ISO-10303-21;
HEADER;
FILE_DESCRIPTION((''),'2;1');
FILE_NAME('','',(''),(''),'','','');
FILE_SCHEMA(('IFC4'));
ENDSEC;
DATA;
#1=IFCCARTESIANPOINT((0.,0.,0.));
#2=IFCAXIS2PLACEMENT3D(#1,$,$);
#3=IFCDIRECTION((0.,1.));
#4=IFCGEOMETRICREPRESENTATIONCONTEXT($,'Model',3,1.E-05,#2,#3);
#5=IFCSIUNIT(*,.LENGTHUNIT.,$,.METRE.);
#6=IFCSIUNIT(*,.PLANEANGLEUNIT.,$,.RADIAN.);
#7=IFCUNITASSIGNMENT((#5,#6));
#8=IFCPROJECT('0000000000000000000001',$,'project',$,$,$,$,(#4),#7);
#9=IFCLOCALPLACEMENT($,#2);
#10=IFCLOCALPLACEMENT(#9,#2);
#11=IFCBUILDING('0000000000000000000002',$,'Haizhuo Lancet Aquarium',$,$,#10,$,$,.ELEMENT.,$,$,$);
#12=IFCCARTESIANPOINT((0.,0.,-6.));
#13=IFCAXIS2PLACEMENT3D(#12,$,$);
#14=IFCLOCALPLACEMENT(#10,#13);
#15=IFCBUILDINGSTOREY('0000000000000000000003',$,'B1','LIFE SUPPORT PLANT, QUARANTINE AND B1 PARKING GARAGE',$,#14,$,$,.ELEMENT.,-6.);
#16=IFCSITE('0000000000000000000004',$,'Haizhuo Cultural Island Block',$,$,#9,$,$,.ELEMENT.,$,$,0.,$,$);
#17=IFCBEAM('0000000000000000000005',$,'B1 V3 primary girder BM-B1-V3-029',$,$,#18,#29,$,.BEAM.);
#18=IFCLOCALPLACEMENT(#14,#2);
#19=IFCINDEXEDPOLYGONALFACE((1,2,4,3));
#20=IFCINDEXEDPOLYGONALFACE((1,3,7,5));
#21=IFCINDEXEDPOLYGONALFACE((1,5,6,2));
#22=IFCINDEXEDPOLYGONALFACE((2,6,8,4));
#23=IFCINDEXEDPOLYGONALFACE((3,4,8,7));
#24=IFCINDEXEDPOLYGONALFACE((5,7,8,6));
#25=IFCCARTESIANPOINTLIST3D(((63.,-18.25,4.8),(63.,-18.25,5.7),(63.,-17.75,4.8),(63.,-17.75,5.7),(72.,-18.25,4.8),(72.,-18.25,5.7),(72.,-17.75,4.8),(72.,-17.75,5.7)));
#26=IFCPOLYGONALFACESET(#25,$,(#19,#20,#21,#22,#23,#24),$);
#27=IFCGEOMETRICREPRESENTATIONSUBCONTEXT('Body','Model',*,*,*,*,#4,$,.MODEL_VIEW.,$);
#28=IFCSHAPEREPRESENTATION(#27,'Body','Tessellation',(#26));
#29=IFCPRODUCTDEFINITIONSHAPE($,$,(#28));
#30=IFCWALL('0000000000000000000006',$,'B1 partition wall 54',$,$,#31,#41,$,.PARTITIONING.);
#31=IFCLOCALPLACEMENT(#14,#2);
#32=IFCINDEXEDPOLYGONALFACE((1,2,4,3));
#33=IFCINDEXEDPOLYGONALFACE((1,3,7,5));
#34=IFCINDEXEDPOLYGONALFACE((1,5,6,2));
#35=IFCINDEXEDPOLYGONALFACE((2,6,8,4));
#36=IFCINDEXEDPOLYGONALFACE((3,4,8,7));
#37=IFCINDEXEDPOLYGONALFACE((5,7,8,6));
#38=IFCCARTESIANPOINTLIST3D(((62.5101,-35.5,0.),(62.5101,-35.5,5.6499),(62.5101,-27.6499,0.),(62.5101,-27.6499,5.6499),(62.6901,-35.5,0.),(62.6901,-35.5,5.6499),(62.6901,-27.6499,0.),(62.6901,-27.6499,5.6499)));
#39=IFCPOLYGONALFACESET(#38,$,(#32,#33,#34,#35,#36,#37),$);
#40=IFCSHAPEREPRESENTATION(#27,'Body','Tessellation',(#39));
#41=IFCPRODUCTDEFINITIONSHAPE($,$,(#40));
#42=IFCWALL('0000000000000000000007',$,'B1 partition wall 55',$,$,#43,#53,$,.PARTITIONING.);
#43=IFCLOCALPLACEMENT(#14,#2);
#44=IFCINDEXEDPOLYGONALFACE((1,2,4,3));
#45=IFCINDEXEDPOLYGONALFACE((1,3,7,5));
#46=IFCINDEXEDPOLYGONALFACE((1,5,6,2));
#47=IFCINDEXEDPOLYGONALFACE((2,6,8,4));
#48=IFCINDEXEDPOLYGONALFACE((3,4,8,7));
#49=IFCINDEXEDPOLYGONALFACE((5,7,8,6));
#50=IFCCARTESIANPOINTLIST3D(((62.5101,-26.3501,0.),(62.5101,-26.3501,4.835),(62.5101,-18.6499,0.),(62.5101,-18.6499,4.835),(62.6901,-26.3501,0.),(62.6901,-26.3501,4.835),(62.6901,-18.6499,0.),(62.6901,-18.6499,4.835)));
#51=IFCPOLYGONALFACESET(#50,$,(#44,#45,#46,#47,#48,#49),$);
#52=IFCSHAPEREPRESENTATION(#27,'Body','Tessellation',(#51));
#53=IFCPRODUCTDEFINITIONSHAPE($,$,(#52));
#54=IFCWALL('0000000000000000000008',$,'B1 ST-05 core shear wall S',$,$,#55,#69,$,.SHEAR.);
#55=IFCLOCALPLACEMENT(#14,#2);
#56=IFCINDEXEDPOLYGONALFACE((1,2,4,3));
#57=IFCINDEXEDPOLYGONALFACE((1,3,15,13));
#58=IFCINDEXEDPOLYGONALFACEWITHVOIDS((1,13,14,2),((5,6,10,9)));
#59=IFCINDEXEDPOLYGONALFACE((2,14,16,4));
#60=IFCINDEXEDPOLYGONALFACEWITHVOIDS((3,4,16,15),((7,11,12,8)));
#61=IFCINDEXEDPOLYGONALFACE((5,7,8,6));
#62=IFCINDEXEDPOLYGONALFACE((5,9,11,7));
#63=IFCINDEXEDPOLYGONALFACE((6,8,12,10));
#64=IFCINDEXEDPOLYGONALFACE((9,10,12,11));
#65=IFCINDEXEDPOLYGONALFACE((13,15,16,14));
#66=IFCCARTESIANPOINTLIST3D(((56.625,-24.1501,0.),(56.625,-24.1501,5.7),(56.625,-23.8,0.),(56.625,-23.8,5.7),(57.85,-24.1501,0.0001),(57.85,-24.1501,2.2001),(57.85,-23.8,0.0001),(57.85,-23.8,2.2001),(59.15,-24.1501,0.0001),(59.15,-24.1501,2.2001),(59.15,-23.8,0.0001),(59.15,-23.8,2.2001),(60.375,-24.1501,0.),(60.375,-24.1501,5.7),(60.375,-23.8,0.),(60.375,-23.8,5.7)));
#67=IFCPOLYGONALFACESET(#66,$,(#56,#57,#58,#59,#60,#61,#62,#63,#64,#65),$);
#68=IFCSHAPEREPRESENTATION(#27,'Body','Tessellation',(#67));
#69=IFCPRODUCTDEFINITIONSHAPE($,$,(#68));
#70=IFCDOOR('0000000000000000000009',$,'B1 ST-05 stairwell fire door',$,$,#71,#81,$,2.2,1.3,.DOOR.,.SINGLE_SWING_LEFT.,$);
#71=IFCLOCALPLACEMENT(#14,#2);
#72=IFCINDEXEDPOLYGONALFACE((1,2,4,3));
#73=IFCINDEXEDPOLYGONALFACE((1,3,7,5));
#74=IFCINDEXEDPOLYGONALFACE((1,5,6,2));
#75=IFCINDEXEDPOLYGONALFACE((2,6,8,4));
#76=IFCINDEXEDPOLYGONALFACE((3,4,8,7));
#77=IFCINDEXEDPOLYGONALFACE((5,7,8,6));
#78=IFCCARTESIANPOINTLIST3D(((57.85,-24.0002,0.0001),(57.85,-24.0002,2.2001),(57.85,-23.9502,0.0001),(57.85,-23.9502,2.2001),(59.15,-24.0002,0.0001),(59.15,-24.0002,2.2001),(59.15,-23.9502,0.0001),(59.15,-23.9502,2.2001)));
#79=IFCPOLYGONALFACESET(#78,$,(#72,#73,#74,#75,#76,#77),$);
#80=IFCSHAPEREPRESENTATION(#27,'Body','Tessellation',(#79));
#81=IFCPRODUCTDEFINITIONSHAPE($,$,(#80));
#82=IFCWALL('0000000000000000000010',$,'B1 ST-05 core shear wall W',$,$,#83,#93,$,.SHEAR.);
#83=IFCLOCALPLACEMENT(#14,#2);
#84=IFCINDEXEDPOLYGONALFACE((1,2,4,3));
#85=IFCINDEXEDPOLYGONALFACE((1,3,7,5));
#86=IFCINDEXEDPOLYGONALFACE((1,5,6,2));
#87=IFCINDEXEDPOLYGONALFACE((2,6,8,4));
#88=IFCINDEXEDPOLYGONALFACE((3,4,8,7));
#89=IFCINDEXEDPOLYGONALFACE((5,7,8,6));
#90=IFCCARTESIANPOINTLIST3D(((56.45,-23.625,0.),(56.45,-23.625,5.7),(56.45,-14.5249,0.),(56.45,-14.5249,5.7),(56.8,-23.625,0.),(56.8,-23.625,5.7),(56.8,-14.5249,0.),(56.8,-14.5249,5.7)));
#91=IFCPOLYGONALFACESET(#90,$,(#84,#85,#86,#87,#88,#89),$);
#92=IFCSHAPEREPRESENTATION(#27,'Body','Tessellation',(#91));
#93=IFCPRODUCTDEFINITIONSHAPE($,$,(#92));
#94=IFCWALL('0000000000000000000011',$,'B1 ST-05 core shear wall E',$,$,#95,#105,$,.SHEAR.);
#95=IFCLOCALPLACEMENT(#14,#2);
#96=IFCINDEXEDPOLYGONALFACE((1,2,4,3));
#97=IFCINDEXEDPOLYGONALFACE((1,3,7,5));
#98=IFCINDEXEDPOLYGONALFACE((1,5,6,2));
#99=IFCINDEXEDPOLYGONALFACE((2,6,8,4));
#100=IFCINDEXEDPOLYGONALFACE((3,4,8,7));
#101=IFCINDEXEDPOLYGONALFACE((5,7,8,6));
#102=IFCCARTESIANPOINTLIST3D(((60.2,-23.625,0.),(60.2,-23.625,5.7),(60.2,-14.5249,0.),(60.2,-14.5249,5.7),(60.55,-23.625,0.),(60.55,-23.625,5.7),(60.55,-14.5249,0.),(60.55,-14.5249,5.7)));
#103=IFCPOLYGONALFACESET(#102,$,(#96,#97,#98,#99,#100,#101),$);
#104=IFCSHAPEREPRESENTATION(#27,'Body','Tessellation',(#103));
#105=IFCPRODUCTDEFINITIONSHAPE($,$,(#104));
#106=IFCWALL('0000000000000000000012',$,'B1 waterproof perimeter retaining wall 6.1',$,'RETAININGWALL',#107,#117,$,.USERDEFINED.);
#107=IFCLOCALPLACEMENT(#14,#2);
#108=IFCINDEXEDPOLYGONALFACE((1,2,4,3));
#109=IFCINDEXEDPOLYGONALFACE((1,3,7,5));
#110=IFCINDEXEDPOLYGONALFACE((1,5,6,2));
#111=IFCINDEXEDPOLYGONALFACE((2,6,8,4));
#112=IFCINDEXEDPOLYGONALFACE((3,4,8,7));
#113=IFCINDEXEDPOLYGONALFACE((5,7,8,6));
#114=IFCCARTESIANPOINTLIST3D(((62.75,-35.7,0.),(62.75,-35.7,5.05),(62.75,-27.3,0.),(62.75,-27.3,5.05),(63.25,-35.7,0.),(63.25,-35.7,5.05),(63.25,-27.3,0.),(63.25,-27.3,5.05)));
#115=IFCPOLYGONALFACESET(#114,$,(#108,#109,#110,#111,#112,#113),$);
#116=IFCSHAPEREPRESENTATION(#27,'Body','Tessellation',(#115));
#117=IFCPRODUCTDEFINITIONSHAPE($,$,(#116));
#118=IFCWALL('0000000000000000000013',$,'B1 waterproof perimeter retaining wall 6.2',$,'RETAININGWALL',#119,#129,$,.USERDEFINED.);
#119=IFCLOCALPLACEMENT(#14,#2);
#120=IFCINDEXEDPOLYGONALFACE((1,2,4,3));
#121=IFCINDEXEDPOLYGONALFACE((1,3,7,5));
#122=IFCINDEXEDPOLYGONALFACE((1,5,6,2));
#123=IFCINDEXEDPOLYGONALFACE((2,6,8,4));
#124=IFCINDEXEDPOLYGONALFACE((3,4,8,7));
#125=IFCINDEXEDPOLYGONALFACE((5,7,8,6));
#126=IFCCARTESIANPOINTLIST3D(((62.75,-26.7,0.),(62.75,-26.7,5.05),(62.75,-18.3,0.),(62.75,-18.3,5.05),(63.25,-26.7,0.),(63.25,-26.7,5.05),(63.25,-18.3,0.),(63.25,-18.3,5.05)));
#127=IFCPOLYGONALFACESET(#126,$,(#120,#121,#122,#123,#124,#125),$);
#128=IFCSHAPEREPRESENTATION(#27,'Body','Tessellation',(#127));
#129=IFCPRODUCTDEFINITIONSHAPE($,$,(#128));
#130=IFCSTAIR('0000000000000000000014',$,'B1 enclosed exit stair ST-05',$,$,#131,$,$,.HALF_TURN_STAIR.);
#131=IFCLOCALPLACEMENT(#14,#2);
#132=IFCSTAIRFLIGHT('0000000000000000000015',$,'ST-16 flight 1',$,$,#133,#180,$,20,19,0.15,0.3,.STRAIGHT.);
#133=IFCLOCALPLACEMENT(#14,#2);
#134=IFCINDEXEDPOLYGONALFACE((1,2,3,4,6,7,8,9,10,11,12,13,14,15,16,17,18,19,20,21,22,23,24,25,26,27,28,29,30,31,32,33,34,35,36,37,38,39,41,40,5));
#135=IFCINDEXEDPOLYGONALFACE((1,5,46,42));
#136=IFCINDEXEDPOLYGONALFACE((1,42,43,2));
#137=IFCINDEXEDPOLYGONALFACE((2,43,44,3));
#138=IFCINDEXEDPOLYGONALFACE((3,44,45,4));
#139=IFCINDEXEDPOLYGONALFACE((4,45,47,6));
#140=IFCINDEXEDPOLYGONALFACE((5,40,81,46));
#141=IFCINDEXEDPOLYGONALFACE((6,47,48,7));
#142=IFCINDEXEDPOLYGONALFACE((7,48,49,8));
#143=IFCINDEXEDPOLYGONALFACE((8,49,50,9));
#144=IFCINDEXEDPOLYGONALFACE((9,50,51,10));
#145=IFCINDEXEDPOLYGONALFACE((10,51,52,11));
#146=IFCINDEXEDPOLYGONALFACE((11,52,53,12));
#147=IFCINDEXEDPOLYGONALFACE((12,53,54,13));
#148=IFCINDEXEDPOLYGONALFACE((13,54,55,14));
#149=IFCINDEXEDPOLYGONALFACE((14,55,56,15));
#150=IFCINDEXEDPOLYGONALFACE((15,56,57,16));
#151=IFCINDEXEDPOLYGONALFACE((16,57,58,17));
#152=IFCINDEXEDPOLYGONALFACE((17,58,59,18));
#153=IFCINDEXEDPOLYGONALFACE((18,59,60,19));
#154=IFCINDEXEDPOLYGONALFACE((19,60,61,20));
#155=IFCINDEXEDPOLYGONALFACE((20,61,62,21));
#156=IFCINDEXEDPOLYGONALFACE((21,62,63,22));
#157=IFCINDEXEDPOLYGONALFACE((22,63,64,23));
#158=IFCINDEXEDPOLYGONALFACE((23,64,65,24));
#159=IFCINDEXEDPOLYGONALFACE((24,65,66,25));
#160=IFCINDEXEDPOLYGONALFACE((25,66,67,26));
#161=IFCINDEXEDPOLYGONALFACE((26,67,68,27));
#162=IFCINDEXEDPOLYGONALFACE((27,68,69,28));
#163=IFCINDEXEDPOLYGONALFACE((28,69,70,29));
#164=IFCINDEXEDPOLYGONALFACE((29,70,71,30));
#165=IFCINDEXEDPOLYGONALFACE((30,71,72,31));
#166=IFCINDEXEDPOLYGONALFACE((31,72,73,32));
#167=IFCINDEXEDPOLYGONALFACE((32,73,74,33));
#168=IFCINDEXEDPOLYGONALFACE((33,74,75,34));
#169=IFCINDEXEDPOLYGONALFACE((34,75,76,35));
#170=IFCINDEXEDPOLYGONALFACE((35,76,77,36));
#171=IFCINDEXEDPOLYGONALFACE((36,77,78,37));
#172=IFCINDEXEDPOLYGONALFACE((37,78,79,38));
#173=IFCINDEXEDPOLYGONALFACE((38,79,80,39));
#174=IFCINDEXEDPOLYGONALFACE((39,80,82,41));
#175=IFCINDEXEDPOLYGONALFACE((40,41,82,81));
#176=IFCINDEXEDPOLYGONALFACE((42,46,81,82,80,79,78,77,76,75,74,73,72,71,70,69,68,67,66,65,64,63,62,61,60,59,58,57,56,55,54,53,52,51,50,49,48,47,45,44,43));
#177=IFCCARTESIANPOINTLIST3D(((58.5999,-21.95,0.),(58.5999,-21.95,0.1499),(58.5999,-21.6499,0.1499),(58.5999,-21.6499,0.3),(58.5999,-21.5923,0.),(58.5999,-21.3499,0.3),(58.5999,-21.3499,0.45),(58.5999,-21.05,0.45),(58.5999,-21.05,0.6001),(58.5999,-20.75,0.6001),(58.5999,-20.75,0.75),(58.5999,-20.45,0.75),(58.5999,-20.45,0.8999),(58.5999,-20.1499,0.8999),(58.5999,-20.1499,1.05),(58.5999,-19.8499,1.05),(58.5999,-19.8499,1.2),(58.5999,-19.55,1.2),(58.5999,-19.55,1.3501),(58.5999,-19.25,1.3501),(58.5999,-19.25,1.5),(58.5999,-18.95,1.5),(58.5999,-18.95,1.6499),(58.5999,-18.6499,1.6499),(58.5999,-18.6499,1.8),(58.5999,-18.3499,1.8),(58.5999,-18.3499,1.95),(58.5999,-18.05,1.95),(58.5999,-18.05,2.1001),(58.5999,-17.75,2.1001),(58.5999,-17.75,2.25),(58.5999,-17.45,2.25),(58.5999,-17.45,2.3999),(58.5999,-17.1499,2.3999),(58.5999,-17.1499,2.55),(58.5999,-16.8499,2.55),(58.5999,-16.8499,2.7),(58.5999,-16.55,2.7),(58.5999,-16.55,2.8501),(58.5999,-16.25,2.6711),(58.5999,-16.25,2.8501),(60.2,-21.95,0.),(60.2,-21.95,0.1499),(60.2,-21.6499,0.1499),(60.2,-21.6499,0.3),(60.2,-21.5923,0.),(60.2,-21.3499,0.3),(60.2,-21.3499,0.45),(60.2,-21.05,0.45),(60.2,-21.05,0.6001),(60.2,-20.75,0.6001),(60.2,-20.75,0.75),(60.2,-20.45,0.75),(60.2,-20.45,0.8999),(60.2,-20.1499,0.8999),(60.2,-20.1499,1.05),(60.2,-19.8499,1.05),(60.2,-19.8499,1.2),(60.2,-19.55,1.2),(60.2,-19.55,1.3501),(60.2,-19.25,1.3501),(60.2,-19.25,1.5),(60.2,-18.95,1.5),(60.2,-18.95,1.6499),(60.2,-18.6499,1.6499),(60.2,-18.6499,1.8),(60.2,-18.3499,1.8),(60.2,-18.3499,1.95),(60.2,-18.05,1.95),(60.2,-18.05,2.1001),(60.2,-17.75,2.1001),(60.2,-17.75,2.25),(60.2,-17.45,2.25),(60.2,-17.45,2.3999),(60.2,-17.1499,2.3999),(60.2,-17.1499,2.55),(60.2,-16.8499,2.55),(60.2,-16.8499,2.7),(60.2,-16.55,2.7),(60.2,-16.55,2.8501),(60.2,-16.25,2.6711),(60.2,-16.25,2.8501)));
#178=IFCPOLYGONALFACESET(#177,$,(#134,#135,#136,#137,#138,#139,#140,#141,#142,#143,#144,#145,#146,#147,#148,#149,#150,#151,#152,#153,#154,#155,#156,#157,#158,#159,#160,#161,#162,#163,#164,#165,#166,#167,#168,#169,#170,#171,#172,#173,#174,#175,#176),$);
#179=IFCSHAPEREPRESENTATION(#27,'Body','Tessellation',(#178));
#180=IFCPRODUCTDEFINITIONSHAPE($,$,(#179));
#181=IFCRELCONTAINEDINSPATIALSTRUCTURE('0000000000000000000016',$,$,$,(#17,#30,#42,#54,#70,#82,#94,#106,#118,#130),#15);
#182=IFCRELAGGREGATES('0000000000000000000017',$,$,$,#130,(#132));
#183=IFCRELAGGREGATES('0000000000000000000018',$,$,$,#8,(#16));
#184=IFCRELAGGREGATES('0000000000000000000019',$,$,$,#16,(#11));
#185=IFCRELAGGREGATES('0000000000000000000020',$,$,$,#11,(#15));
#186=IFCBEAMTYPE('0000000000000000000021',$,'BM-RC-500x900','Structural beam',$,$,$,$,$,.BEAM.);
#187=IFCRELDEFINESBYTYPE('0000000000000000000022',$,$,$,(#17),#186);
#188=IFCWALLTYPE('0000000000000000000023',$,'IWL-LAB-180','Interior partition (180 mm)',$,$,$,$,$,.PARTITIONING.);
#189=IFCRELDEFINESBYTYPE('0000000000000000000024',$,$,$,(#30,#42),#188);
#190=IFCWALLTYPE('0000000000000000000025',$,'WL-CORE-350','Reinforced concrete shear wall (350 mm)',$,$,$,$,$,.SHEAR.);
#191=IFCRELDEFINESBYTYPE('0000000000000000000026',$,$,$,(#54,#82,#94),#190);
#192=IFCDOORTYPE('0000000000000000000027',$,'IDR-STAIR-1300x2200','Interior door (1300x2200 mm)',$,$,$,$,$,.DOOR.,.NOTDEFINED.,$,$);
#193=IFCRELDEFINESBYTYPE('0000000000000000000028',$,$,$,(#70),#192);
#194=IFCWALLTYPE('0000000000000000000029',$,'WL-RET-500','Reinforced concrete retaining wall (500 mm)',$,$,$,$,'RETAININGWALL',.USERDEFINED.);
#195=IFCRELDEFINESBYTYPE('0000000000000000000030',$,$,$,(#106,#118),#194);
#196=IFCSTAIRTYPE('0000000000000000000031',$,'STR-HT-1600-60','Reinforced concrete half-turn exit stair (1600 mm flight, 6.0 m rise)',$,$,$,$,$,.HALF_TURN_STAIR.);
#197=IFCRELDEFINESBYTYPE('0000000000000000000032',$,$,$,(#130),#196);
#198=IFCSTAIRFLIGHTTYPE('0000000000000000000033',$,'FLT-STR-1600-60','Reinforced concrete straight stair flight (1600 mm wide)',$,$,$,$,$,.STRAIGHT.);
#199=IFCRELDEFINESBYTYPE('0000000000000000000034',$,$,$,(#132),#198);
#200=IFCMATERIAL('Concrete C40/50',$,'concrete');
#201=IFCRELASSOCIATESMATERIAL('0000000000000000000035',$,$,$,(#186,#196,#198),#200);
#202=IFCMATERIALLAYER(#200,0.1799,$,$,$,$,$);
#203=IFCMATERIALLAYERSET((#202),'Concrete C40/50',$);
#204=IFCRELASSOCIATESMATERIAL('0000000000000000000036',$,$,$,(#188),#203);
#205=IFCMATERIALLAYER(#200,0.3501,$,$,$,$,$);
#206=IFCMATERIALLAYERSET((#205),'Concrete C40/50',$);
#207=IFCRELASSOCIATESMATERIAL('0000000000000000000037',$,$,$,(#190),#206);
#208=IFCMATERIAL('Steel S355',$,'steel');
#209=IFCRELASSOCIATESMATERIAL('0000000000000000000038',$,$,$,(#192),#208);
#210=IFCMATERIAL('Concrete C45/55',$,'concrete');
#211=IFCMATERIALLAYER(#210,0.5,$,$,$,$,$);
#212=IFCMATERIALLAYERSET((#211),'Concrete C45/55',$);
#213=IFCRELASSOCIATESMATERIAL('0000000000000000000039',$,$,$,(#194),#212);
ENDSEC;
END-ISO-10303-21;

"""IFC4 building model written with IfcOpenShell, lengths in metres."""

from ifc_helpers import new_model, si_unit, direction, frame, frame_2d, origin, origin_2d, place, context, subcontext, project, spatial, polyline, rectangle, outline, extrude, material, layer, layer_set, material_profile, profile_set, type_object, element, fill, aggregate, save


model = new_model("IFC4")

# Units and contexts
model_context = context("Model", 3, precision=1e-05, world=origin(), true_north=direction((0.0, 1.0)))
body_context = subcontext(model_context, "Body", "Model", "MODEL_VIEW")
ifc_project = project(units=[si_unit("LENGTHUNIT", "METRE"), si_unit("PLANEANGLEUNIT", "RADIAN")], contexts=[model_context])

# Site, building, storey
site_placement = place(None, origin())
site = spatial("IfcSite", under=ifc_project, at=site_placement, Name="Haizhuo Cultural Island Block", CompositionType="ELEMENT", RefElevation=0.0)
building_placement = place(site_placement, origin())
building = spatial("IfcBuilding", under=site, at=building_placement, Name="Haizhuo Lancet Aquarium", CompositionType="ELEMENT")
storey_placement = place(building_placement, frame((0.0, 0.0, -6.0)))
storey = spatial("IfcBuildingStorey", under=building, at=storey_placement, Name="B1", Description="LIFE SUPPORT PLANT, QUARANTINE AND B1 PARKING GARAGE", CompositionType="ELEMENT", Elevation=-6.0)

# Shared definitions
ifc_material_1 = material(Name="Concrete C40/50", Category="concrete")

# Beam
ifc_material_profile_1 = material_profile(ifc_material_1, rectangle(XDim=0.5, YDim=0.8999, at=origin_2d()), Name="RC-BM 500x900")
ifc_profile_set_1 = profile_set([ifc_material_profile_1], Name="Concrete C40/50")
beam_type_1 = type_object("IfcBeamType", Name="BM-RC-500x900", Description="Structural beam", PredefinedType="BEAM", material=ifc_profile_set_1)
for number, where, z_axis, x_axis, name in (
    (1, (63.0, -18.0, 5.25), (1.0, 0.0, 0.0), (0.0, 1.0, 0.0), "B1 V3 primary girder BM-B1-V3-029"),
):
    element("IfcBeam", number, at=place(storey_placement, frame(where, z_axis=z_axis, x_axis=x_axis)), inside=storey, type_object=beam_type_1, Name=name, PredefinedType="BEAM", context=body_context, shape_type="SweptSolid", body=[
        extrude(rectangle(XDim=0.5, YDim=0.8999, at=origin_2d()), origin(), (0.0, 0.0, 1.0), 9.0),
    ])

# Walls
ifc_layer_1 = layer(ifc_material_1, 0.1799)
ifc_layer_set_1 = layer_set([ifc_layer_1], Name="Concrete C40/50")
wall_type_1 = type_object("IfcWallType", Name="IWL-LAB-180", Description="Interior partition (180 mm)", PredefinedType="PARTITIONING", material=ifc_layer_set_1)
wall_1_placement = place(storey_placement, frame((62.6001, -35.5, 0.0), z_axis=(0.0, 0.0, 1.0), x_axis=(0.0, 1.0, 0.0)))
element("IfcWall", 2, at=wall_1_placement, inside=storey, type_object=wall_type_1, Name="B1 partition wall 54", PredefinedType="PARTITIONING", context=body_context, shape_type="SweptSolid", body=[
    extrude(rectangle(XDim=7.8501, YDim=0.1799, at=frame_2d((3.925, 0.0))), origin(), (0.0, 0.0, 1.0), 5.6499),
])
wall_2_placement = place(storey_placement, frame((62.6001, -26.3501, 0.0), z_axis=(0.0, 0.0, 1.0), x_axis=(0.0, 1.0, 0.0)))
element("IfcWall", 3, at=wall_2_placement, inside=storey, type_object=wall_type_1, Name="B1 partition wall 55", PredefinedType="PARTITIONING", context=body_context, shape_type="SweptSolid", body=[
    extrude(rectangle(XDim=7.7002, YDim=0.1799, at=frame_2d((3.8501, 0.0))), origin(), (0.0, 0.0, 1.0), 4.835),
])

# Wall, opening, door
ifc_layer_2 = layer(ifc_material_1, 0.3501)
ifc_layer_set_2 = layer_set([ifc_layer_2], Name="Concrete C40/50")
wall_type_2 = type_object("IfcWallType", Name="WL-CORE-350", Description="Reinforced concrete shear wall (350 mm)", PredefinedType="SHEAR", material=ifc_layer_set_2)
wall_3_placement = place(storey_placement, frame((56.625, -23.9751, 0.0), z_axis=(0.0, 0.0, 1.0), x_axis=(1.0, 0.0, 0.0)))
wall_3 = element("IfcWall", 4, at=wall_3_placement, inside=storey, type_object=wall_type_2, Name="B1 ST-05 core shear wall S", PredefinedType="SHEAR", context=body_context, shape_type="SweptSolid", body=[
    extrude(rectangle(XDim=3.75, YDim=0.3501, at=frame_2d((1.875, 0.0))), origin(), (0.0, 0.0, 1.0), 5.7),
])
opening_placement = place(wall_3_placement, frame((1.2251, 0.0, 0.0)))
opening = element("IfcOpeningElement", 5, at=opening_placement, cuts=wall_3, PredefinedType="OPENING", context=body_context, shape_type="SweptSolid", body=[
    extrude(rectangle(XDim=1.3, YDim=2.2, at=frame_2d((0.6499, 1.1001))), frame((0.0, 0.1851, 0.0), z_axis=(0.0, -1.0, 0.0), x_axis=(1.0, 0.0, 0.0)), (0.0, 0.0, 1.0), 0.3701),
])
ifc_material_2 = material(Name="Steel S355", Category="steel")
door_type = type_object("IfcDoorType", Name="IDR-STAIR-1300x2200", Description="Interior door (1300x2200 mm)", OperationType="NOTDEFINED", PredefinedType="DOOR", material=ifc_material_2)
door_placement = place(opening_placement, origin())
door = element("IfcDoor", 6, at=door_placement, inside=storey, type_object=door_type, Name="B1 ST-05 stairwell fire door", OperationType="SINGLE_SWING_LEFT", OverallHeight=2.2, OverallWidth=1.3, PredefinedType="DOOR", context=body_context, shape_type="SweptSolid", body=[
    extrude(rectangle(XDim=1.3, YDim=2.2, at=frame_2d((0.6499, 1.1001))), frame((0.0, 0.0249, 0.0), z_axis=(0.0, -1.0, 0.0), x_axis=(1.0, 0.0, 0.0)), (0.0, 0.0, 1.0), 0.05),
])
fill(opening, door)

# Walls
for number, where, z_axis, x_axis, name in (
    (7, (56.625, -23.625, 0.0), (0.0, 0.0, 1.0), (0.0, 1.0, 0.0), "B1 ST-05 core shear wall W"),
    (8, (60.375, -23.625, 0.0), (0.0, 0.0, 1.0), (0.0, 1.0, 0.0), "B1 ST-05 core shear wall E"),
):
    element("IfcWall", number, at=place(storey_placement, frame(where, z_axis=z_axis, x_axis=x_axis)), inside=storey, type_object=wall_type_2, Name=name, PredefinedType="SHEAR", context=body_context, shape_type="SweptSolid", body=[
        extrude(rectangle(XDim=9.1001, YDim=0.3501, at=frame_2d((4.55, 0.0))), origin(), (0.0, 0.0, 1.0), 5.7),
    ])
ifc_material_3 = material(Name="Concrete C45/55", Category="concrete")
ifc_layer_3 = layer(ifc_material_3, 0.5)
ifc_layer_set_3 = layer_set([ifc_layer_3], Name="Concrete C45/55")
wall_type_3 = type_object("IfcWallType", Name="WL-RET-500", Description="Reinforced concrete retaining wall (500 mm)", ElementType="RETAININGWALL", PredefinedType="USERDEFINED", material=ifc_layer_set_3)
for number, where, z_axis, x_axis, name in (
    (9, (63.0, -35.7, 0.0), (0.0, 0.0, 1.0), (0.0, 1.0, 0.0), "B1 waterproof perimeter retaining wall 6.1"),
    (10, (63.0, -26.7, 0.0), (0.0, 0.0, 1.0), (0.0, 1.0, 0.0), "B1 waterproof perimeter retaining wall 6.2"),
):
    element("IfcWall", number, at=place(storey_placement, frame(where, z_axis=z_axis, x_axis=x_axis)), inside=storey, type_object=wall_type_3, Name=name, ObjectType="RETAININGWALL", PredefinedType="USERDEFINED", context=body_context, shape_type="SweptSolid", body=[
        extrude(rectangle(XDim=8.3999, YDim=0.5, at=frame_2d((4.2, 0.0))), origin(), (0.0, 0.0, 1.0), 5.05),
    ])

# Stair, stair flight
stair_type = type_object("IfcStairType", Name="STR-HT-1600-60", Description="Reinforced concrete half-turn exit stair (1600 mm flight, 6.0 m rise)", PredefinedType="HALF_TURN_STAIR", material=ifc_material_1)
stair_placement = place(storey_placement, origin())
stair = element("IfcStair", 11, at=stair_placement, inside=storey, type_object=stair_type, Name="B1 enclosed exit stair ST-05", PredefinedType="HALF_TURN_STAIR")
stair_flight_type = type_object("IfcStairFlightType", Name="FLT-STR-1600-60", Description="Reinforced concrete straight stair flight (1600 mm wide)", PredefinedType="STRAIGHT", material=ifc_material_1)
stair_flight_placement = place(storey_placement, frame((59.3999, -21.95, 0.0), z_axis=(0.0, 0.0, 1.0), x_axis=(0.0, 1.0, 0.0)))
stair_flight = element("IfcStairFlight", 12, at=stair_flight_placement, type_object=stair_flight_type, Name="ST-16 flight 1", NumberOfRisers=20, NumberOfTreads=19, PredefinedType="STRAIGHT", RiserHeight=0.15, TreadLength=0.3, context=body_context, shape_type="SweptSolid", body=[
    extrude(outline(polyline([(0.0, 0.0), (0.0, 0.1499), (0.3, 0.1499), (0.3, 0.3), (0.6001, 0.3), (0.6001, 0.45), (0.8999, 0.45), (0.8999, 0.6001), (1.2, 0.6001), (1.2, 0.75), (1.5, 0.75), (1.5, 0.8999), (1.8, 0.8999), (1.8, 1.05), (2.1001, 1.05), (2.1001, 1.2), (2.3999, 1.2), (2.3999, 1.3501), (2.7, 1.3501), (2.7, 1.5), (3.0, 1.5), (3.0, 1.6499), (3.3, 1.6499), (3.3, 1.8), (3.6001, 1.8), (3.6001, 1.95), (3.8999, 1.95), (3.8999, 2.1001), (4.2, 2.1001), (4.2, 2.25), (4.5, 2.25), (4.5, 2.3999), (4.8, 2.3999), (4.8, 2.55), (5.1001, 2.55), (5.1001, 2.7), (5.3999, 2.7), (5.3999, 2.8501), (5.7, 2.8501), (5.7, 3.0), (5.7, 2.6711), (0.3577, 0.0), (0.0, 0.0)])), frame((0.0, 0.8, 0.0), z_axis=(0.0, -1.0, 0.0), x_axis=(1.0, 0.0, 0.0)), (0.0, 0.0, 1.0), 1.6001),
])
aggregate(stair, [stair_flight])

save(model, "model.ifc")
